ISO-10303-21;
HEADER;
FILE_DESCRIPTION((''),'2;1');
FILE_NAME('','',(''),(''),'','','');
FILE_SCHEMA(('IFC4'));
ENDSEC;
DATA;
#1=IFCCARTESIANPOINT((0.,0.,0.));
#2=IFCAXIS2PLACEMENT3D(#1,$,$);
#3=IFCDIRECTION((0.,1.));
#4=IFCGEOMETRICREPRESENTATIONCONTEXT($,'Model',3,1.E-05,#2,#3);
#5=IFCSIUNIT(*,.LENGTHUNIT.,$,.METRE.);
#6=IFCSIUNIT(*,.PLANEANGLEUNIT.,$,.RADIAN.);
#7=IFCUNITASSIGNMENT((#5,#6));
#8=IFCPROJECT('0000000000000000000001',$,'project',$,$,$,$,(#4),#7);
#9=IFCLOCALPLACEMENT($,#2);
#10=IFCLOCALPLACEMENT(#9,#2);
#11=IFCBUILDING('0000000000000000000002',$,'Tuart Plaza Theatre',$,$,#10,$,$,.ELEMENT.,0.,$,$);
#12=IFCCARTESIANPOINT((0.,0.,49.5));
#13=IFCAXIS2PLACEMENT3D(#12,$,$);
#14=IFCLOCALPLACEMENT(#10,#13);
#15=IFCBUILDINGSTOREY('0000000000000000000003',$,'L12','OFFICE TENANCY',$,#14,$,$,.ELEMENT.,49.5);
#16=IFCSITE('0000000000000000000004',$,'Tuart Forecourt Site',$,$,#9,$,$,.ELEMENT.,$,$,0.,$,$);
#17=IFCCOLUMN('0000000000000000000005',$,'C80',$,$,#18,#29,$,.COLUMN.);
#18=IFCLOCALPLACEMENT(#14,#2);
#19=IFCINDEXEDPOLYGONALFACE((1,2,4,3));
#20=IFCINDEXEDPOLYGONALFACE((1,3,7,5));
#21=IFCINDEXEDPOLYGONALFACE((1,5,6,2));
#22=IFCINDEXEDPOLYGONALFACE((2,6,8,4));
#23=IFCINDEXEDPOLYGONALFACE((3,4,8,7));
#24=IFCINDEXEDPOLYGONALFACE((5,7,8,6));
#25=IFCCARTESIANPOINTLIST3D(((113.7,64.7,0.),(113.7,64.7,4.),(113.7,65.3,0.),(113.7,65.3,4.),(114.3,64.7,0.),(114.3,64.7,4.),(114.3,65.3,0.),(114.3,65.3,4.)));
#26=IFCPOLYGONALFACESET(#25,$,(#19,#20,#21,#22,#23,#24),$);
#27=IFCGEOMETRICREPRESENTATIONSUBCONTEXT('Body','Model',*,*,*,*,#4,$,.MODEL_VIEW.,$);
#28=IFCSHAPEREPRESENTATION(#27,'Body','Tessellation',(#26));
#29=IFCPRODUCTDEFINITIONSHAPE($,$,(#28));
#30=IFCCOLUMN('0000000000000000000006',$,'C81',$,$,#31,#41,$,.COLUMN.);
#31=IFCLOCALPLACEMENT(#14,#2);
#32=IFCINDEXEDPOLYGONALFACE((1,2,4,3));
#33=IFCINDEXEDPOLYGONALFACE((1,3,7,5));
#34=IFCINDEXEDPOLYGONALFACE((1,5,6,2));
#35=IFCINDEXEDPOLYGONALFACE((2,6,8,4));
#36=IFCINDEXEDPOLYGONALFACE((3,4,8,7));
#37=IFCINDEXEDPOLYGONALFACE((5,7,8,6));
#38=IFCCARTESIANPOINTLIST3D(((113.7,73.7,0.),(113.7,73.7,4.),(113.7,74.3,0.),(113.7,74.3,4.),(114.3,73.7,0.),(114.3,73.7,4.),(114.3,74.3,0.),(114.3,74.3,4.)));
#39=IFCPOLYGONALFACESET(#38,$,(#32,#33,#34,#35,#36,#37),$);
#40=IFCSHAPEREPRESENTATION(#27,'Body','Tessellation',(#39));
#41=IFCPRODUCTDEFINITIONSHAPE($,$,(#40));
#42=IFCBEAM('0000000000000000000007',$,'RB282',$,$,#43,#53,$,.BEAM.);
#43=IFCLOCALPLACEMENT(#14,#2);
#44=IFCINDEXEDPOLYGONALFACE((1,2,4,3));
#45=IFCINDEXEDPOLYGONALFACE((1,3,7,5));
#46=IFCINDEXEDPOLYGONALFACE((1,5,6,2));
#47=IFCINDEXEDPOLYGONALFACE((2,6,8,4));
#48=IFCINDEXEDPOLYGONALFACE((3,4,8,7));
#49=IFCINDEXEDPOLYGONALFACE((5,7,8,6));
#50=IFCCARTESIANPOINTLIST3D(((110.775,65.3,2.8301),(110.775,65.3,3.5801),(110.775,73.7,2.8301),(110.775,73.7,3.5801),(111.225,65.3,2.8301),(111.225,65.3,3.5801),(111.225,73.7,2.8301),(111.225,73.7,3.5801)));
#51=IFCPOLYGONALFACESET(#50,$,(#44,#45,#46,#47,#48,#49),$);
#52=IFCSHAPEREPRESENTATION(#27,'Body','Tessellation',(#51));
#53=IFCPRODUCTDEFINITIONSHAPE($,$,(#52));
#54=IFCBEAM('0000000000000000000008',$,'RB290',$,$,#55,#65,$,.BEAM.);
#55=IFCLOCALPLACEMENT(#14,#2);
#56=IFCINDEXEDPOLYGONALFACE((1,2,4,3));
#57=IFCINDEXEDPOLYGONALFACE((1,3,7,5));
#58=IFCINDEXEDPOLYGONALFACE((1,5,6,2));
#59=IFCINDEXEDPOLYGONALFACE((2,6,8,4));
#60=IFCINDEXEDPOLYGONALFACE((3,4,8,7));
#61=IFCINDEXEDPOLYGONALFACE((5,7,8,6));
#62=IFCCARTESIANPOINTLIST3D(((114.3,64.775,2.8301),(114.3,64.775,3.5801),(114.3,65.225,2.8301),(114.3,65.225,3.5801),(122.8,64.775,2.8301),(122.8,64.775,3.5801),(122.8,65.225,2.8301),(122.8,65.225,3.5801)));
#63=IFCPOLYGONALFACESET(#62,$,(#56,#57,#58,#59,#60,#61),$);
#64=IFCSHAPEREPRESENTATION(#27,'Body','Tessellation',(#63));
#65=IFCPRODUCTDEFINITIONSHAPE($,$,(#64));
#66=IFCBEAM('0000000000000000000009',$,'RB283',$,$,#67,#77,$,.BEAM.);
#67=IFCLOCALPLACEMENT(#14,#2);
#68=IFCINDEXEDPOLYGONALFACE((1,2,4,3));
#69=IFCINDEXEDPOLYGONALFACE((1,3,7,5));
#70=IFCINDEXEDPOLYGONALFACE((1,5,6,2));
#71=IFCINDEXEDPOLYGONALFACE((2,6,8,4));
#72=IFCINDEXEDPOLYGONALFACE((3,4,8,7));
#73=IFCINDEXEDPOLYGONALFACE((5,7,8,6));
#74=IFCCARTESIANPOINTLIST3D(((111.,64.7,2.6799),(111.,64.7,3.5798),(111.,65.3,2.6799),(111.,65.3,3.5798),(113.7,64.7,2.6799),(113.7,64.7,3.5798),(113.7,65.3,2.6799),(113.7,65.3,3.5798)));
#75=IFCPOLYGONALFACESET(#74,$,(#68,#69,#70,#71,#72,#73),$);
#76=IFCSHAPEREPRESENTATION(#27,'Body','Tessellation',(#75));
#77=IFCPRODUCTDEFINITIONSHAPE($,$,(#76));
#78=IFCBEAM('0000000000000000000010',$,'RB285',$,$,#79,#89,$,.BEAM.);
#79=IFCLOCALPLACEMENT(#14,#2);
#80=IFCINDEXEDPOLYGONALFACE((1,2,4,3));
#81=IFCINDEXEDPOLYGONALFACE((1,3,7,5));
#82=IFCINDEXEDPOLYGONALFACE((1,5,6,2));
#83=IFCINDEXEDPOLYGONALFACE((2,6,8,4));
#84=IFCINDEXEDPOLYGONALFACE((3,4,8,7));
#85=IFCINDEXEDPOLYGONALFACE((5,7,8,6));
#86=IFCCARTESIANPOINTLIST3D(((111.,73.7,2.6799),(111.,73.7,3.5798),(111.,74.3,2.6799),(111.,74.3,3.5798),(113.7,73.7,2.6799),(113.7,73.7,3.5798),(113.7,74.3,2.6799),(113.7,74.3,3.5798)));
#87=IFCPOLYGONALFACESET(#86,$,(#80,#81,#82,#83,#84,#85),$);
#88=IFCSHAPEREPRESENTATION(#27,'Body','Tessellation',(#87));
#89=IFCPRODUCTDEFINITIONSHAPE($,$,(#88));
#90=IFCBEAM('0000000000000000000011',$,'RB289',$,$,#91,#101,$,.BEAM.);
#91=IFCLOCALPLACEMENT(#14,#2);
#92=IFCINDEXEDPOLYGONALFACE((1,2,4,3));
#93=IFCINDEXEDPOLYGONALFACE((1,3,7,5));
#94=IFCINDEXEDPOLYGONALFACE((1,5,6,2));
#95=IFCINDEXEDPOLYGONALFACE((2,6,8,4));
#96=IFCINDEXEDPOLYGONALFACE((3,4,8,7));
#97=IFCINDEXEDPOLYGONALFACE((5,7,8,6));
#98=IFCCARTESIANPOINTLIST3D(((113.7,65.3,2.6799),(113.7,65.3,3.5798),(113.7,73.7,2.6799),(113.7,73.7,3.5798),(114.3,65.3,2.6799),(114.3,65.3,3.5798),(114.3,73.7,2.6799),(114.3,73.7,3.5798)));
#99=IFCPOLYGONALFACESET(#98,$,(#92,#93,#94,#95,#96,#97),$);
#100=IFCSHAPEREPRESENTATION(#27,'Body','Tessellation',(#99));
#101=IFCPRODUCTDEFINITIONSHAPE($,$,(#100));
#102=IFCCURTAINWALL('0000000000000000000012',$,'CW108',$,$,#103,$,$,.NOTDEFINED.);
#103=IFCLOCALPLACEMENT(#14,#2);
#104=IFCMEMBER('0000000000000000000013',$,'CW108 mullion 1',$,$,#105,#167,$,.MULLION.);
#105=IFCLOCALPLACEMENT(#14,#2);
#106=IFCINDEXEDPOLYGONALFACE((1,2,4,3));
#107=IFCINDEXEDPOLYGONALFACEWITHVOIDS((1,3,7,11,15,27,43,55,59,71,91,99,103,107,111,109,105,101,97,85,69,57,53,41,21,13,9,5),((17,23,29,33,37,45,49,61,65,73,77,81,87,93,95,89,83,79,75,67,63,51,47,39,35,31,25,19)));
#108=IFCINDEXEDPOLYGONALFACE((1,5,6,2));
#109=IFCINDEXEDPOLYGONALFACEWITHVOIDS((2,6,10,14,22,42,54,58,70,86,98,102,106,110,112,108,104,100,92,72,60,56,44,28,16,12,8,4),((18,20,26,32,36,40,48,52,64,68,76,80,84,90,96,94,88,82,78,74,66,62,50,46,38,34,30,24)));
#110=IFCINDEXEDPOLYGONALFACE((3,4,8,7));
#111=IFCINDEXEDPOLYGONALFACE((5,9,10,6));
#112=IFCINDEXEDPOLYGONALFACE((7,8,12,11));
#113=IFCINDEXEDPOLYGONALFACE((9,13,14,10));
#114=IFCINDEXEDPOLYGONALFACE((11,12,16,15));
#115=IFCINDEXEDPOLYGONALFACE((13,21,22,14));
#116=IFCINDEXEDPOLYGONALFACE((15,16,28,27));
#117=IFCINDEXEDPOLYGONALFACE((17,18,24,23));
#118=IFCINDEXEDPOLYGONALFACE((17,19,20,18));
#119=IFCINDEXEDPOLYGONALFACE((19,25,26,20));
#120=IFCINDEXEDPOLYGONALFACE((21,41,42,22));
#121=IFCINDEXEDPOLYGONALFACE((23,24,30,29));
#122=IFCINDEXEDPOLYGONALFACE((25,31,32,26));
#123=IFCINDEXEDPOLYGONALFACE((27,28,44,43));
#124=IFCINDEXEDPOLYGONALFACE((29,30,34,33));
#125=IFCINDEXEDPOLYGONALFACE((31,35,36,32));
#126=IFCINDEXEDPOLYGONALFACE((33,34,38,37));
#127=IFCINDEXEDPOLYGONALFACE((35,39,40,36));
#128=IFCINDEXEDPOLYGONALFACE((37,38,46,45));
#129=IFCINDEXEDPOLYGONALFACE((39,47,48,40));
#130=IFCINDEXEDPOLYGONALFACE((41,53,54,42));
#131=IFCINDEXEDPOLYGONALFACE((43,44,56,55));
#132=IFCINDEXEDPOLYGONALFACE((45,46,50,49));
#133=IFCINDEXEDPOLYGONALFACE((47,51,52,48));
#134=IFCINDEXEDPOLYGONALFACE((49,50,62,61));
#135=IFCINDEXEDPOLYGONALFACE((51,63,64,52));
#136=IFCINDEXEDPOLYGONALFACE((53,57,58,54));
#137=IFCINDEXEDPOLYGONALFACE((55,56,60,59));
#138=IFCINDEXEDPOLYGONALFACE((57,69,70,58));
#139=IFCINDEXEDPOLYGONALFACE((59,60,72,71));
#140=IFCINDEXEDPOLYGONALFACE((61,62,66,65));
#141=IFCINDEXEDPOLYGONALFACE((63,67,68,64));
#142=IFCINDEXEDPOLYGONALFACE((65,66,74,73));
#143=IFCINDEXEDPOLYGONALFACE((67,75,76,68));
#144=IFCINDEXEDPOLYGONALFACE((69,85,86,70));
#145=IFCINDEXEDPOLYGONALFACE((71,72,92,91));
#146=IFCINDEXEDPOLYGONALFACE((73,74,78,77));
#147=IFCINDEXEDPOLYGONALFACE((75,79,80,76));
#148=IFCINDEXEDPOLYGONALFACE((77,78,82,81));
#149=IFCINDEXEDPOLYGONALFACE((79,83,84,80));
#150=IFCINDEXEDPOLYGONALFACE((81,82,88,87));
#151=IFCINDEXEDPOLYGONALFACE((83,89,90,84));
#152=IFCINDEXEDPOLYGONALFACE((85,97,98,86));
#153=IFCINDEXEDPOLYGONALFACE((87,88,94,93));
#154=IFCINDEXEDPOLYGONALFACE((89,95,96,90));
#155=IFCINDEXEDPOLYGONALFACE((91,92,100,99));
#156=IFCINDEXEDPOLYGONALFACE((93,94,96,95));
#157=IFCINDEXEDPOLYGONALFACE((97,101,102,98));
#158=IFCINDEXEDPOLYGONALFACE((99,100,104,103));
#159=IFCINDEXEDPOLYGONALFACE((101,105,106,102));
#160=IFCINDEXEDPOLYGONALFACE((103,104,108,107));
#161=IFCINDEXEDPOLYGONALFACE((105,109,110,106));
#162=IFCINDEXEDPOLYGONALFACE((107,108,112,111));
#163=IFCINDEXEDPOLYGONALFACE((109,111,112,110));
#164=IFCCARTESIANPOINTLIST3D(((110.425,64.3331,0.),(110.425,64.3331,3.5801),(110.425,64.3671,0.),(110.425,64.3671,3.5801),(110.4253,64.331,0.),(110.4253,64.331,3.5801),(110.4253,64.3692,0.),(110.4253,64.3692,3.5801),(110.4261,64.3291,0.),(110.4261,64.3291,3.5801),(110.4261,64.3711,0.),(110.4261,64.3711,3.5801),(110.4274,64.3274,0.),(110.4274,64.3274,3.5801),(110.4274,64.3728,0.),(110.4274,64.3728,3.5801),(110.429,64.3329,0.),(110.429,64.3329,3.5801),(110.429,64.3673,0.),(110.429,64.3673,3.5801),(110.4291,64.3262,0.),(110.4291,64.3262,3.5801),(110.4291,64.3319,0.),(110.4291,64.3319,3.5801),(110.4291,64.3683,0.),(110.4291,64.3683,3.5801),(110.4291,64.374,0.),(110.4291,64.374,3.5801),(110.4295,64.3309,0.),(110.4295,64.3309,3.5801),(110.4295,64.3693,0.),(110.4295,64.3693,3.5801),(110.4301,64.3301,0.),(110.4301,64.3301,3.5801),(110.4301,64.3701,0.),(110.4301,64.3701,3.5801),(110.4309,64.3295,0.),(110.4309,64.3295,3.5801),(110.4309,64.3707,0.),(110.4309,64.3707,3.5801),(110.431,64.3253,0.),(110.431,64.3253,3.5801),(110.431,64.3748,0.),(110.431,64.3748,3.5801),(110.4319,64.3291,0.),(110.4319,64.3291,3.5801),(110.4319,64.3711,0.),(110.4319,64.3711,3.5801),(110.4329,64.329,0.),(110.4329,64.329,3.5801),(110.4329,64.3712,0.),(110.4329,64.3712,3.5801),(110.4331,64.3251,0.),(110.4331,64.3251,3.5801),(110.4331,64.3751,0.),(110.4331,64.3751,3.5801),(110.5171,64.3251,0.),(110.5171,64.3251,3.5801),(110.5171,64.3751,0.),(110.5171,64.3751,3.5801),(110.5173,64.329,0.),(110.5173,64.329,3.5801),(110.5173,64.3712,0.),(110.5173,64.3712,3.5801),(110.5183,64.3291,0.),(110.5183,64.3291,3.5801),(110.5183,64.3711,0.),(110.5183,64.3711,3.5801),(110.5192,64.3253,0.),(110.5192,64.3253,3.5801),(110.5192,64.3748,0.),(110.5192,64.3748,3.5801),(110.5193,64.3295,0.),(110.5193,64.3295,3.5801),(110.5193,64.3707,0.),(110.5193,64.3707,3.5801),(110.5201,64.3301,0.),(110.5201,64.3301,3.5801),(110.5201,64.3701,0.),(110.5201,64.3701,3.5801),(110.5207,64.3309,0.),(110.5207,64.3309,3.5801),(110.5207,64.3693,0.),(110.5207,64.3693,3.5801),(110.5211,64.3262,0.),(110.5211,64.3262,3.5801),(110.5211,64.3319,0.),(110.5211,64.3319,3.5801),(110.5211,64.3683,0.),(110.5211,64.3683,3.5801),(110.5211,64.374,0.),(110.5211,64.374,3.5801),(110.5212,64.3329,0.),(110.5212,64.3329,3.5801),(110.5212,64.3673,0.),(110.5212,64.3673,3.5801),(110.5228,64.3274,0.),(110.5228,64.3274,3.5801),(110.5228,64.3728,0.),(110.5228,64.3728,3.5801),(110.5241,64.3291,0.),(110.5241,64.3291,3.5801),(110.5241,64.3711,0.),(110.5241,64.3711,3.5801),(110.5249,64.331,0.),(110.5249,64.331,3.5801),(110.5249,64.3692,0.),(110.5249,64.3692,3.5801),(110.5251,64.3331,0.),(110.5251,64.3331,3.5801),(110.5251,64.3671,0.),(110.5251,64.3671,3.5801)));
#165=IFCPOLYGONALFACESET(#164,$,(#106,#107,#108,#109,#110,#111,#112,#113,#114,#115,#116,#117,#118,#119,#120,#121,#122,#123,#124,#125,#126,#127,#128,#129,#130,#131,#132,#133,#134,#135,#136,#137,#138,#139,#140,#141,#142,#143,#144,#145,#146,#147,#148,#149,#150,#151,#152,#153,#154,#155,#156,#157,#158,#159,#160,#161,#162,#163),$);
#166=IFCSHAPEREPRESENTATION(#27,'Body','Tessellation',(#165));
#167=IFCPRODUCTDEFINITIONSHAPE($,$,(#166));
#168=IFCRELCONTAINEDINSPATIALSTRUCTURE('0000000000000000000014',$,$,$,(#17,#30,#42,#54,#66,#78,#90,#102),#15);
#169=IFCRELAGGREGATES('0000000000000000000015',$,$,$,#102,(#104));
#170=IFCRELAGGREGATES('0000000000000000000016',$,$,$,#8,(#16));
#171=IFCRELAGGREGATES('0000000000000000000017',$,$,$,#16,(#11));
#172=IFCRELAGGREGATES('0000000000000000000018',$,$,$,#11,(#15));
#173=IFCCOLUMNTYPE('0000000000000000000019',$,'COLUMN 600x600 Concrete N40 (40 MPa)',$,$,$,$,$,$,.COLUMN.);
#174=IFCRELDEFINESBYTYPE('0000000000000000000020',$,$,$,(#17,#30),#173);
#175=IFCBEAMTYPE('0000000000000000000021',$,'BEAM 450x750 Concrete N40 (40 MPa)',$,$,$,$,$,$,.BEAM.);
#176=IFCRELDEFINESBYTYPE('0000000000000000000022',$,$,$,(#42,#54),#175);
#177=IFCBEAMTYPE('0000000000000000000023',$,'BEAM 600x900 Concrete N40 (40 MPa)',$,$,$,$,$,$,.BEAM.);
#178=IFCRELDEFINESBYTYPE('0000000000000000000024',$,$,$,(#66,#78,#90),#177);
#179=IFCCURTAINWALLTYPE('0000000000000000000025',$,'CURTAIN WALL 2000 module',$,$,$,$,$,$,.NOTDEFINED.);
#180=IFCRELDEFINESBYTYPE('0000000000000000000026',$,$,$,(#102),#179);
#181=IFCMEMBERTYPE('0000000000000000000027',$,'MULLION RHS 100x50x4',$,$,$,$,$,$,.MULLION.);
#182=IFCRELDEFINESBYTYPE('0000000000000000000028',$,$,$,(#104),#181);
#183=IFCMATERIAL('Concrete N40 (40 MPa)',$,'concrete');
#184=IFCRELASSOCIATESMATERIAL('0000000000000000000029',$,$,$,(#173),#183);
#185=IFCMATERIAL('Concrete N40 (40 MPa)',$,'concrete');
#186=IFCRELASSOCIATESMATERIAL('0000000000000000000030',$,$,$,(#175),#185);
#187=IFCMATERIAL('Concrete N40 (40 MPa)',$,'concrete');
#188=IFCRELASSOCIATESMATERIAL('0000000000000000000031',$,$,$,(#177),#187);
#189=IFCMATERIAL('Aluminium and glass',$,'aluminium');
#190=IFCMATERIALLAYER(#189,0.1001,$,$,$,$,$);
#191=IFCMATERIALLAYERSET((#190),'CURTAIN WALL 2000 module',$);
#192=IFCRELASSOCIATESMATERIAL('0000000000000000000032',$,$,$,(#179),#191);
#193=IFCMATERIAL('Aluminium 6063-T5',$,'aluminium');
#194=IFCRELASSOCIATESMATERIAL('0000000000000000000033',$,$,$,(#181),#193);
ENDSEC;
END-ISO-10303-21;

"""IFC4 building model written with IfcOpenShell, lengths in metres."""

from ifc_helpers import new_model, si_unit, direction, frame, origin, origin_2d, place, context, subcontext, project, spatial, rectangle, hollow_rectangle, extrude, material, layer, layer_set, material_profile, profile_set, type_object, element, aggregate, save


model = new_model("IFC4")

# Units and contexts
model_context = context("Model", 3, precision=1e-05, world=origin(), true_north=direction((0.0, 1.0)))
body_context = subcontext(model_context, "Body", "Model", "MODEL_VIEW")
ifc_project = project(units=[si_unit("LENGTHUNIT", "METRE"), si_unit("PLANEANGLEUNIT", "RADIAN")], contexts=[model_context])

# Site, building, storey
site_placement = place(None, origin())
site = spatial("IfcSite", under=ifc_project, at=site_placement, Name="Tuart Forecourt Site", CompositionType="ELEMENT", RefElevation=0.0)
building_placement = place(site_placement, origin())
building = spatial("IfcBuilding", under=site, at=building_placement, Name="Tuart Plaza Theatre", CompositionType="ELEMENT", ElevationOfRefHeight=0.0)
storey_placement = place(building_placement, frame((0.0, 0.0, 49.5)))
storey = spatial("IfcBuildingStorey", under=building, at=storey_placement, Name="L12", Description="OFFICE TENANCY", CompositionType="ELEMENT", Elevation=49.5)

# Columns
ifc_material_1 = material(Name="Concrete N40 (40 MPa)", Category="concrete")
ifc_material_profile_1 = material_profile(ifc_material_1, rectangle(XDim=0.6001, YDim=0.6001, at=origin_2d()), Name="COLUMN 600x600 Concrete N40 (40 MPa)")
ifc_profile_set_1 = profile_set([ifc_material_profile_1], Name="Concrete N40 (40 MPa)")
column_type = type_object("IfcColumnType", Name="COLUMN 600x600 Concrete N40 (40 MPa)", PredefinedType="COLUMN", material=ifc_profile_set_1)
for number, where, z_axis, x_axis, name in (
    (1, (114.0, 65.0, 0.0), (0.0, 0.0, 1.0), (1.0, 0.0, 0.0), "C80"),
    (2, (114.0, 74.0, 0.0), (0.0, 0.0, 1.0), (1.0, 0.0, 0.0), "C81"),
):
    element("IfcColumn", number, at=place(storey_placement, frame(where, z_axis=z_axis, x_axis=x_axis)), inside=storey, type_object=column_type, Name=name, PredefinedType="COLUMN", context=body_context, shape_type="SweptSolid", body=[
        extrude(rectangle(XDim=0.6001, YDim=0.6001, at=origin_2d()), origin(), (0.0, 0.0, 1.0), 4.0),
    ])

# Beams
ifc_material_2 = material(Name="Concrete N40 (40 MPa)", Category="concrete")
ifc_material_profile_2 = material_profile(ifc_material_2, rectangle(XDim=0.45, YDim=0.75, at=origin_2d()), Name="BEAM 450x750 Concrete N40 (40 MPa)")
ifc_profile_set_2 = profile_set([ifc_material_profile_2], Name="Concrete N40 (40 MPa)")
beam_type_1 = type_object("IfcBeamType", Name="BEAM 450x750 Concrete N40 (40 MPa)", PredefinedType="BEAM", material=ifc_profile_set_2)
beam_1_placement = place(storey_placement, frame((111.0, 65.3, 3.2051), z_axis=(0.0, 1.0, 0.0), x_axis=(-1.0, 0.0, 0.0)))
element("IfcBeam", 3, at=beam_1_placement, inside=storey, type_object=beam_type_1, Name="RB282", PredefinedType="BEAM", context=body_context, shape_type="SweptSolid", body=[
    extrude(rectangle(XDim=0.45, YDim=0.75, at=origin_2d()), origin(), (0.0, 0.0, 1.0), 8.3999),
])
beam_2_placement = place(storey_placement, frame((114.3, 65.0, 3.2051), z_axis=(1.0, 0.0, 0.0), x_axis=(0.0, 1.0, 0.0)))
element("IfcBeam", 4, at=beam_2_placement, inside=storey, type_object=beam_type_1, Name="RB290", PredefinedType="BEAM", context=body_context, shape_type="SweptSolid", body=[
    extrude(rectangle(XDim=0.45, YDim=0.75, at=origin_2d()), origin(), (0.0, 0.0, 1.0), 8.5),
])
ifc_material_3 = material(Name="Concrete N40 (40 MPa)", Category="concrete")
ifc_material_profile_3 = material_profile(ifc_material_3, rectangle(XDim=0.6001, YDim=0.8999, at=origin_2d()), Name="BEAM 600x900 Concrete N40 (40 MPa)")
ifc_profile_set_3 = profile_set([ifc_material_profile_3], Name="Concrete N40 (40 MPa)")
beam_type_2 = type_object("IfcBeamType", Name="BEAM 600x900 Concrete N40 (40 MPa)", PredefinedType="BEAM", material=ifc_profile_set_3)
for number, where, z_axis, x_axis, name in (
    (5, (111.0, 65.0, 3.1299), (1.0, 0.0, 0.0), (0.0, 1.0, 0.0), "RB283"),
    (6, (111.0, 74.0, 3.1299), (1.0, 0.0, 0.0), (0.0, 1.0, 0.0), "RB285"),
):
    element("IfcBeam", number, at=place(storey_placement, frame(where, z_axis=z_axis, x_axis=x_axis)), inside=storey, type_object=beam_type_2, Name=name, PredefinedType="BEAM", context=body_context, shape_type="SweptSolid", body=[
        extrude(rectangle(XDim=0.6001, YDim=0.8999, at=origin_2d()), origin(), (0.0, 0.0, 1.0), 2.7),
    ])
beam_3_placement = place(storey_placement, frame((114.0, 65.3, 3.1299), z_axis=(0.0, 1.0, 0.0), x_axis=(-1.0, 0.0, 0.0)))
element("IfcBeam", 7, at=beam_3_placement, inside=storey, type_object=beam_type_2, Name="RB289", PredefinedType="BEAM", context=body_context, shape_type="SweptSolid", body=[
    extrude(rectangle(XDim=0.6001, YDim=0.8999, at=origin_2d()), origin(), (0.0, 0.0, 1.0), 8.3999),
])

# Curtain wall, member
ifc_material_4 = material(Name="Aluminium and glass", Category="aluminium")
ifc_layer_1 = layer(ifc_material_4, 0.1001)
ifc_layer_set_1 = layer_set([ifc_layer_1], Name="CURTAIN WALL 2000 module")
curtain_wall_type = type_object("IfcCurtainWallType", Name="CURTAIN WALL 2000 module", PredefinedType="NOTDEFINED", material=ifc_layer_set_1)
curtain_wall_1_placement = place(storey_placement, origin())
curtain_wall_1 = element("IfcCurtainWall", 8, at=curtain_wall_1_placement, inside=storey, type_object=curtain_wall_type, Name="CW108", PredefinedType="NOTDEFINED")
ifc_material_5 = material(Name="Aluminium 6063-T5", Category="aluminium")
ifc_material_profile_4 = material_profile(ifc_material_5, hollow_rectangle(XDim=0.05, YDim=0.1001, WallThickness=0.0039, InnerFilletRadius=0.0039, OuterFilletRadius=0.0081, at=origin_2d()), Name="RHS 100x50x4")
ifc_profile_set_4 = profile_set([ifc_material_profile_4], Name="Aluminium 6063-T5")
member_type_1 = type_object("IfcMemberType", Name="MULLION RHS 100x50x4", PredefinedType="MULLION", material=ifc_profile_set_4)
member_1_placement = place(storey_placement, frame((110.4751, 64.3501, 0.0), z_axis=(0.0, 0.0, 1.0), x_axis=(0.0, 1.0, 0.0)))
member_1 = element("IfcMember", 9, at=member_1_placement, type_object=member_type_1, Name="CW108 mullion 1", PredefinedType="MULLION", context=body_context, shape_type="SweptSolid", body=[
    extrude(hollow_rectangle(XDim=0.05, YDim=0.1001, WallThickness=0.0039, InnerFilletRadius=0.0039, OuterFilletRadius=0.0081, at=origin_2d()), origin(), (0.0, 0.0, 1.0), 3.5801),
])

aggregate(curtain_wall_1, [member_1])

save(model, "model.ifc")
